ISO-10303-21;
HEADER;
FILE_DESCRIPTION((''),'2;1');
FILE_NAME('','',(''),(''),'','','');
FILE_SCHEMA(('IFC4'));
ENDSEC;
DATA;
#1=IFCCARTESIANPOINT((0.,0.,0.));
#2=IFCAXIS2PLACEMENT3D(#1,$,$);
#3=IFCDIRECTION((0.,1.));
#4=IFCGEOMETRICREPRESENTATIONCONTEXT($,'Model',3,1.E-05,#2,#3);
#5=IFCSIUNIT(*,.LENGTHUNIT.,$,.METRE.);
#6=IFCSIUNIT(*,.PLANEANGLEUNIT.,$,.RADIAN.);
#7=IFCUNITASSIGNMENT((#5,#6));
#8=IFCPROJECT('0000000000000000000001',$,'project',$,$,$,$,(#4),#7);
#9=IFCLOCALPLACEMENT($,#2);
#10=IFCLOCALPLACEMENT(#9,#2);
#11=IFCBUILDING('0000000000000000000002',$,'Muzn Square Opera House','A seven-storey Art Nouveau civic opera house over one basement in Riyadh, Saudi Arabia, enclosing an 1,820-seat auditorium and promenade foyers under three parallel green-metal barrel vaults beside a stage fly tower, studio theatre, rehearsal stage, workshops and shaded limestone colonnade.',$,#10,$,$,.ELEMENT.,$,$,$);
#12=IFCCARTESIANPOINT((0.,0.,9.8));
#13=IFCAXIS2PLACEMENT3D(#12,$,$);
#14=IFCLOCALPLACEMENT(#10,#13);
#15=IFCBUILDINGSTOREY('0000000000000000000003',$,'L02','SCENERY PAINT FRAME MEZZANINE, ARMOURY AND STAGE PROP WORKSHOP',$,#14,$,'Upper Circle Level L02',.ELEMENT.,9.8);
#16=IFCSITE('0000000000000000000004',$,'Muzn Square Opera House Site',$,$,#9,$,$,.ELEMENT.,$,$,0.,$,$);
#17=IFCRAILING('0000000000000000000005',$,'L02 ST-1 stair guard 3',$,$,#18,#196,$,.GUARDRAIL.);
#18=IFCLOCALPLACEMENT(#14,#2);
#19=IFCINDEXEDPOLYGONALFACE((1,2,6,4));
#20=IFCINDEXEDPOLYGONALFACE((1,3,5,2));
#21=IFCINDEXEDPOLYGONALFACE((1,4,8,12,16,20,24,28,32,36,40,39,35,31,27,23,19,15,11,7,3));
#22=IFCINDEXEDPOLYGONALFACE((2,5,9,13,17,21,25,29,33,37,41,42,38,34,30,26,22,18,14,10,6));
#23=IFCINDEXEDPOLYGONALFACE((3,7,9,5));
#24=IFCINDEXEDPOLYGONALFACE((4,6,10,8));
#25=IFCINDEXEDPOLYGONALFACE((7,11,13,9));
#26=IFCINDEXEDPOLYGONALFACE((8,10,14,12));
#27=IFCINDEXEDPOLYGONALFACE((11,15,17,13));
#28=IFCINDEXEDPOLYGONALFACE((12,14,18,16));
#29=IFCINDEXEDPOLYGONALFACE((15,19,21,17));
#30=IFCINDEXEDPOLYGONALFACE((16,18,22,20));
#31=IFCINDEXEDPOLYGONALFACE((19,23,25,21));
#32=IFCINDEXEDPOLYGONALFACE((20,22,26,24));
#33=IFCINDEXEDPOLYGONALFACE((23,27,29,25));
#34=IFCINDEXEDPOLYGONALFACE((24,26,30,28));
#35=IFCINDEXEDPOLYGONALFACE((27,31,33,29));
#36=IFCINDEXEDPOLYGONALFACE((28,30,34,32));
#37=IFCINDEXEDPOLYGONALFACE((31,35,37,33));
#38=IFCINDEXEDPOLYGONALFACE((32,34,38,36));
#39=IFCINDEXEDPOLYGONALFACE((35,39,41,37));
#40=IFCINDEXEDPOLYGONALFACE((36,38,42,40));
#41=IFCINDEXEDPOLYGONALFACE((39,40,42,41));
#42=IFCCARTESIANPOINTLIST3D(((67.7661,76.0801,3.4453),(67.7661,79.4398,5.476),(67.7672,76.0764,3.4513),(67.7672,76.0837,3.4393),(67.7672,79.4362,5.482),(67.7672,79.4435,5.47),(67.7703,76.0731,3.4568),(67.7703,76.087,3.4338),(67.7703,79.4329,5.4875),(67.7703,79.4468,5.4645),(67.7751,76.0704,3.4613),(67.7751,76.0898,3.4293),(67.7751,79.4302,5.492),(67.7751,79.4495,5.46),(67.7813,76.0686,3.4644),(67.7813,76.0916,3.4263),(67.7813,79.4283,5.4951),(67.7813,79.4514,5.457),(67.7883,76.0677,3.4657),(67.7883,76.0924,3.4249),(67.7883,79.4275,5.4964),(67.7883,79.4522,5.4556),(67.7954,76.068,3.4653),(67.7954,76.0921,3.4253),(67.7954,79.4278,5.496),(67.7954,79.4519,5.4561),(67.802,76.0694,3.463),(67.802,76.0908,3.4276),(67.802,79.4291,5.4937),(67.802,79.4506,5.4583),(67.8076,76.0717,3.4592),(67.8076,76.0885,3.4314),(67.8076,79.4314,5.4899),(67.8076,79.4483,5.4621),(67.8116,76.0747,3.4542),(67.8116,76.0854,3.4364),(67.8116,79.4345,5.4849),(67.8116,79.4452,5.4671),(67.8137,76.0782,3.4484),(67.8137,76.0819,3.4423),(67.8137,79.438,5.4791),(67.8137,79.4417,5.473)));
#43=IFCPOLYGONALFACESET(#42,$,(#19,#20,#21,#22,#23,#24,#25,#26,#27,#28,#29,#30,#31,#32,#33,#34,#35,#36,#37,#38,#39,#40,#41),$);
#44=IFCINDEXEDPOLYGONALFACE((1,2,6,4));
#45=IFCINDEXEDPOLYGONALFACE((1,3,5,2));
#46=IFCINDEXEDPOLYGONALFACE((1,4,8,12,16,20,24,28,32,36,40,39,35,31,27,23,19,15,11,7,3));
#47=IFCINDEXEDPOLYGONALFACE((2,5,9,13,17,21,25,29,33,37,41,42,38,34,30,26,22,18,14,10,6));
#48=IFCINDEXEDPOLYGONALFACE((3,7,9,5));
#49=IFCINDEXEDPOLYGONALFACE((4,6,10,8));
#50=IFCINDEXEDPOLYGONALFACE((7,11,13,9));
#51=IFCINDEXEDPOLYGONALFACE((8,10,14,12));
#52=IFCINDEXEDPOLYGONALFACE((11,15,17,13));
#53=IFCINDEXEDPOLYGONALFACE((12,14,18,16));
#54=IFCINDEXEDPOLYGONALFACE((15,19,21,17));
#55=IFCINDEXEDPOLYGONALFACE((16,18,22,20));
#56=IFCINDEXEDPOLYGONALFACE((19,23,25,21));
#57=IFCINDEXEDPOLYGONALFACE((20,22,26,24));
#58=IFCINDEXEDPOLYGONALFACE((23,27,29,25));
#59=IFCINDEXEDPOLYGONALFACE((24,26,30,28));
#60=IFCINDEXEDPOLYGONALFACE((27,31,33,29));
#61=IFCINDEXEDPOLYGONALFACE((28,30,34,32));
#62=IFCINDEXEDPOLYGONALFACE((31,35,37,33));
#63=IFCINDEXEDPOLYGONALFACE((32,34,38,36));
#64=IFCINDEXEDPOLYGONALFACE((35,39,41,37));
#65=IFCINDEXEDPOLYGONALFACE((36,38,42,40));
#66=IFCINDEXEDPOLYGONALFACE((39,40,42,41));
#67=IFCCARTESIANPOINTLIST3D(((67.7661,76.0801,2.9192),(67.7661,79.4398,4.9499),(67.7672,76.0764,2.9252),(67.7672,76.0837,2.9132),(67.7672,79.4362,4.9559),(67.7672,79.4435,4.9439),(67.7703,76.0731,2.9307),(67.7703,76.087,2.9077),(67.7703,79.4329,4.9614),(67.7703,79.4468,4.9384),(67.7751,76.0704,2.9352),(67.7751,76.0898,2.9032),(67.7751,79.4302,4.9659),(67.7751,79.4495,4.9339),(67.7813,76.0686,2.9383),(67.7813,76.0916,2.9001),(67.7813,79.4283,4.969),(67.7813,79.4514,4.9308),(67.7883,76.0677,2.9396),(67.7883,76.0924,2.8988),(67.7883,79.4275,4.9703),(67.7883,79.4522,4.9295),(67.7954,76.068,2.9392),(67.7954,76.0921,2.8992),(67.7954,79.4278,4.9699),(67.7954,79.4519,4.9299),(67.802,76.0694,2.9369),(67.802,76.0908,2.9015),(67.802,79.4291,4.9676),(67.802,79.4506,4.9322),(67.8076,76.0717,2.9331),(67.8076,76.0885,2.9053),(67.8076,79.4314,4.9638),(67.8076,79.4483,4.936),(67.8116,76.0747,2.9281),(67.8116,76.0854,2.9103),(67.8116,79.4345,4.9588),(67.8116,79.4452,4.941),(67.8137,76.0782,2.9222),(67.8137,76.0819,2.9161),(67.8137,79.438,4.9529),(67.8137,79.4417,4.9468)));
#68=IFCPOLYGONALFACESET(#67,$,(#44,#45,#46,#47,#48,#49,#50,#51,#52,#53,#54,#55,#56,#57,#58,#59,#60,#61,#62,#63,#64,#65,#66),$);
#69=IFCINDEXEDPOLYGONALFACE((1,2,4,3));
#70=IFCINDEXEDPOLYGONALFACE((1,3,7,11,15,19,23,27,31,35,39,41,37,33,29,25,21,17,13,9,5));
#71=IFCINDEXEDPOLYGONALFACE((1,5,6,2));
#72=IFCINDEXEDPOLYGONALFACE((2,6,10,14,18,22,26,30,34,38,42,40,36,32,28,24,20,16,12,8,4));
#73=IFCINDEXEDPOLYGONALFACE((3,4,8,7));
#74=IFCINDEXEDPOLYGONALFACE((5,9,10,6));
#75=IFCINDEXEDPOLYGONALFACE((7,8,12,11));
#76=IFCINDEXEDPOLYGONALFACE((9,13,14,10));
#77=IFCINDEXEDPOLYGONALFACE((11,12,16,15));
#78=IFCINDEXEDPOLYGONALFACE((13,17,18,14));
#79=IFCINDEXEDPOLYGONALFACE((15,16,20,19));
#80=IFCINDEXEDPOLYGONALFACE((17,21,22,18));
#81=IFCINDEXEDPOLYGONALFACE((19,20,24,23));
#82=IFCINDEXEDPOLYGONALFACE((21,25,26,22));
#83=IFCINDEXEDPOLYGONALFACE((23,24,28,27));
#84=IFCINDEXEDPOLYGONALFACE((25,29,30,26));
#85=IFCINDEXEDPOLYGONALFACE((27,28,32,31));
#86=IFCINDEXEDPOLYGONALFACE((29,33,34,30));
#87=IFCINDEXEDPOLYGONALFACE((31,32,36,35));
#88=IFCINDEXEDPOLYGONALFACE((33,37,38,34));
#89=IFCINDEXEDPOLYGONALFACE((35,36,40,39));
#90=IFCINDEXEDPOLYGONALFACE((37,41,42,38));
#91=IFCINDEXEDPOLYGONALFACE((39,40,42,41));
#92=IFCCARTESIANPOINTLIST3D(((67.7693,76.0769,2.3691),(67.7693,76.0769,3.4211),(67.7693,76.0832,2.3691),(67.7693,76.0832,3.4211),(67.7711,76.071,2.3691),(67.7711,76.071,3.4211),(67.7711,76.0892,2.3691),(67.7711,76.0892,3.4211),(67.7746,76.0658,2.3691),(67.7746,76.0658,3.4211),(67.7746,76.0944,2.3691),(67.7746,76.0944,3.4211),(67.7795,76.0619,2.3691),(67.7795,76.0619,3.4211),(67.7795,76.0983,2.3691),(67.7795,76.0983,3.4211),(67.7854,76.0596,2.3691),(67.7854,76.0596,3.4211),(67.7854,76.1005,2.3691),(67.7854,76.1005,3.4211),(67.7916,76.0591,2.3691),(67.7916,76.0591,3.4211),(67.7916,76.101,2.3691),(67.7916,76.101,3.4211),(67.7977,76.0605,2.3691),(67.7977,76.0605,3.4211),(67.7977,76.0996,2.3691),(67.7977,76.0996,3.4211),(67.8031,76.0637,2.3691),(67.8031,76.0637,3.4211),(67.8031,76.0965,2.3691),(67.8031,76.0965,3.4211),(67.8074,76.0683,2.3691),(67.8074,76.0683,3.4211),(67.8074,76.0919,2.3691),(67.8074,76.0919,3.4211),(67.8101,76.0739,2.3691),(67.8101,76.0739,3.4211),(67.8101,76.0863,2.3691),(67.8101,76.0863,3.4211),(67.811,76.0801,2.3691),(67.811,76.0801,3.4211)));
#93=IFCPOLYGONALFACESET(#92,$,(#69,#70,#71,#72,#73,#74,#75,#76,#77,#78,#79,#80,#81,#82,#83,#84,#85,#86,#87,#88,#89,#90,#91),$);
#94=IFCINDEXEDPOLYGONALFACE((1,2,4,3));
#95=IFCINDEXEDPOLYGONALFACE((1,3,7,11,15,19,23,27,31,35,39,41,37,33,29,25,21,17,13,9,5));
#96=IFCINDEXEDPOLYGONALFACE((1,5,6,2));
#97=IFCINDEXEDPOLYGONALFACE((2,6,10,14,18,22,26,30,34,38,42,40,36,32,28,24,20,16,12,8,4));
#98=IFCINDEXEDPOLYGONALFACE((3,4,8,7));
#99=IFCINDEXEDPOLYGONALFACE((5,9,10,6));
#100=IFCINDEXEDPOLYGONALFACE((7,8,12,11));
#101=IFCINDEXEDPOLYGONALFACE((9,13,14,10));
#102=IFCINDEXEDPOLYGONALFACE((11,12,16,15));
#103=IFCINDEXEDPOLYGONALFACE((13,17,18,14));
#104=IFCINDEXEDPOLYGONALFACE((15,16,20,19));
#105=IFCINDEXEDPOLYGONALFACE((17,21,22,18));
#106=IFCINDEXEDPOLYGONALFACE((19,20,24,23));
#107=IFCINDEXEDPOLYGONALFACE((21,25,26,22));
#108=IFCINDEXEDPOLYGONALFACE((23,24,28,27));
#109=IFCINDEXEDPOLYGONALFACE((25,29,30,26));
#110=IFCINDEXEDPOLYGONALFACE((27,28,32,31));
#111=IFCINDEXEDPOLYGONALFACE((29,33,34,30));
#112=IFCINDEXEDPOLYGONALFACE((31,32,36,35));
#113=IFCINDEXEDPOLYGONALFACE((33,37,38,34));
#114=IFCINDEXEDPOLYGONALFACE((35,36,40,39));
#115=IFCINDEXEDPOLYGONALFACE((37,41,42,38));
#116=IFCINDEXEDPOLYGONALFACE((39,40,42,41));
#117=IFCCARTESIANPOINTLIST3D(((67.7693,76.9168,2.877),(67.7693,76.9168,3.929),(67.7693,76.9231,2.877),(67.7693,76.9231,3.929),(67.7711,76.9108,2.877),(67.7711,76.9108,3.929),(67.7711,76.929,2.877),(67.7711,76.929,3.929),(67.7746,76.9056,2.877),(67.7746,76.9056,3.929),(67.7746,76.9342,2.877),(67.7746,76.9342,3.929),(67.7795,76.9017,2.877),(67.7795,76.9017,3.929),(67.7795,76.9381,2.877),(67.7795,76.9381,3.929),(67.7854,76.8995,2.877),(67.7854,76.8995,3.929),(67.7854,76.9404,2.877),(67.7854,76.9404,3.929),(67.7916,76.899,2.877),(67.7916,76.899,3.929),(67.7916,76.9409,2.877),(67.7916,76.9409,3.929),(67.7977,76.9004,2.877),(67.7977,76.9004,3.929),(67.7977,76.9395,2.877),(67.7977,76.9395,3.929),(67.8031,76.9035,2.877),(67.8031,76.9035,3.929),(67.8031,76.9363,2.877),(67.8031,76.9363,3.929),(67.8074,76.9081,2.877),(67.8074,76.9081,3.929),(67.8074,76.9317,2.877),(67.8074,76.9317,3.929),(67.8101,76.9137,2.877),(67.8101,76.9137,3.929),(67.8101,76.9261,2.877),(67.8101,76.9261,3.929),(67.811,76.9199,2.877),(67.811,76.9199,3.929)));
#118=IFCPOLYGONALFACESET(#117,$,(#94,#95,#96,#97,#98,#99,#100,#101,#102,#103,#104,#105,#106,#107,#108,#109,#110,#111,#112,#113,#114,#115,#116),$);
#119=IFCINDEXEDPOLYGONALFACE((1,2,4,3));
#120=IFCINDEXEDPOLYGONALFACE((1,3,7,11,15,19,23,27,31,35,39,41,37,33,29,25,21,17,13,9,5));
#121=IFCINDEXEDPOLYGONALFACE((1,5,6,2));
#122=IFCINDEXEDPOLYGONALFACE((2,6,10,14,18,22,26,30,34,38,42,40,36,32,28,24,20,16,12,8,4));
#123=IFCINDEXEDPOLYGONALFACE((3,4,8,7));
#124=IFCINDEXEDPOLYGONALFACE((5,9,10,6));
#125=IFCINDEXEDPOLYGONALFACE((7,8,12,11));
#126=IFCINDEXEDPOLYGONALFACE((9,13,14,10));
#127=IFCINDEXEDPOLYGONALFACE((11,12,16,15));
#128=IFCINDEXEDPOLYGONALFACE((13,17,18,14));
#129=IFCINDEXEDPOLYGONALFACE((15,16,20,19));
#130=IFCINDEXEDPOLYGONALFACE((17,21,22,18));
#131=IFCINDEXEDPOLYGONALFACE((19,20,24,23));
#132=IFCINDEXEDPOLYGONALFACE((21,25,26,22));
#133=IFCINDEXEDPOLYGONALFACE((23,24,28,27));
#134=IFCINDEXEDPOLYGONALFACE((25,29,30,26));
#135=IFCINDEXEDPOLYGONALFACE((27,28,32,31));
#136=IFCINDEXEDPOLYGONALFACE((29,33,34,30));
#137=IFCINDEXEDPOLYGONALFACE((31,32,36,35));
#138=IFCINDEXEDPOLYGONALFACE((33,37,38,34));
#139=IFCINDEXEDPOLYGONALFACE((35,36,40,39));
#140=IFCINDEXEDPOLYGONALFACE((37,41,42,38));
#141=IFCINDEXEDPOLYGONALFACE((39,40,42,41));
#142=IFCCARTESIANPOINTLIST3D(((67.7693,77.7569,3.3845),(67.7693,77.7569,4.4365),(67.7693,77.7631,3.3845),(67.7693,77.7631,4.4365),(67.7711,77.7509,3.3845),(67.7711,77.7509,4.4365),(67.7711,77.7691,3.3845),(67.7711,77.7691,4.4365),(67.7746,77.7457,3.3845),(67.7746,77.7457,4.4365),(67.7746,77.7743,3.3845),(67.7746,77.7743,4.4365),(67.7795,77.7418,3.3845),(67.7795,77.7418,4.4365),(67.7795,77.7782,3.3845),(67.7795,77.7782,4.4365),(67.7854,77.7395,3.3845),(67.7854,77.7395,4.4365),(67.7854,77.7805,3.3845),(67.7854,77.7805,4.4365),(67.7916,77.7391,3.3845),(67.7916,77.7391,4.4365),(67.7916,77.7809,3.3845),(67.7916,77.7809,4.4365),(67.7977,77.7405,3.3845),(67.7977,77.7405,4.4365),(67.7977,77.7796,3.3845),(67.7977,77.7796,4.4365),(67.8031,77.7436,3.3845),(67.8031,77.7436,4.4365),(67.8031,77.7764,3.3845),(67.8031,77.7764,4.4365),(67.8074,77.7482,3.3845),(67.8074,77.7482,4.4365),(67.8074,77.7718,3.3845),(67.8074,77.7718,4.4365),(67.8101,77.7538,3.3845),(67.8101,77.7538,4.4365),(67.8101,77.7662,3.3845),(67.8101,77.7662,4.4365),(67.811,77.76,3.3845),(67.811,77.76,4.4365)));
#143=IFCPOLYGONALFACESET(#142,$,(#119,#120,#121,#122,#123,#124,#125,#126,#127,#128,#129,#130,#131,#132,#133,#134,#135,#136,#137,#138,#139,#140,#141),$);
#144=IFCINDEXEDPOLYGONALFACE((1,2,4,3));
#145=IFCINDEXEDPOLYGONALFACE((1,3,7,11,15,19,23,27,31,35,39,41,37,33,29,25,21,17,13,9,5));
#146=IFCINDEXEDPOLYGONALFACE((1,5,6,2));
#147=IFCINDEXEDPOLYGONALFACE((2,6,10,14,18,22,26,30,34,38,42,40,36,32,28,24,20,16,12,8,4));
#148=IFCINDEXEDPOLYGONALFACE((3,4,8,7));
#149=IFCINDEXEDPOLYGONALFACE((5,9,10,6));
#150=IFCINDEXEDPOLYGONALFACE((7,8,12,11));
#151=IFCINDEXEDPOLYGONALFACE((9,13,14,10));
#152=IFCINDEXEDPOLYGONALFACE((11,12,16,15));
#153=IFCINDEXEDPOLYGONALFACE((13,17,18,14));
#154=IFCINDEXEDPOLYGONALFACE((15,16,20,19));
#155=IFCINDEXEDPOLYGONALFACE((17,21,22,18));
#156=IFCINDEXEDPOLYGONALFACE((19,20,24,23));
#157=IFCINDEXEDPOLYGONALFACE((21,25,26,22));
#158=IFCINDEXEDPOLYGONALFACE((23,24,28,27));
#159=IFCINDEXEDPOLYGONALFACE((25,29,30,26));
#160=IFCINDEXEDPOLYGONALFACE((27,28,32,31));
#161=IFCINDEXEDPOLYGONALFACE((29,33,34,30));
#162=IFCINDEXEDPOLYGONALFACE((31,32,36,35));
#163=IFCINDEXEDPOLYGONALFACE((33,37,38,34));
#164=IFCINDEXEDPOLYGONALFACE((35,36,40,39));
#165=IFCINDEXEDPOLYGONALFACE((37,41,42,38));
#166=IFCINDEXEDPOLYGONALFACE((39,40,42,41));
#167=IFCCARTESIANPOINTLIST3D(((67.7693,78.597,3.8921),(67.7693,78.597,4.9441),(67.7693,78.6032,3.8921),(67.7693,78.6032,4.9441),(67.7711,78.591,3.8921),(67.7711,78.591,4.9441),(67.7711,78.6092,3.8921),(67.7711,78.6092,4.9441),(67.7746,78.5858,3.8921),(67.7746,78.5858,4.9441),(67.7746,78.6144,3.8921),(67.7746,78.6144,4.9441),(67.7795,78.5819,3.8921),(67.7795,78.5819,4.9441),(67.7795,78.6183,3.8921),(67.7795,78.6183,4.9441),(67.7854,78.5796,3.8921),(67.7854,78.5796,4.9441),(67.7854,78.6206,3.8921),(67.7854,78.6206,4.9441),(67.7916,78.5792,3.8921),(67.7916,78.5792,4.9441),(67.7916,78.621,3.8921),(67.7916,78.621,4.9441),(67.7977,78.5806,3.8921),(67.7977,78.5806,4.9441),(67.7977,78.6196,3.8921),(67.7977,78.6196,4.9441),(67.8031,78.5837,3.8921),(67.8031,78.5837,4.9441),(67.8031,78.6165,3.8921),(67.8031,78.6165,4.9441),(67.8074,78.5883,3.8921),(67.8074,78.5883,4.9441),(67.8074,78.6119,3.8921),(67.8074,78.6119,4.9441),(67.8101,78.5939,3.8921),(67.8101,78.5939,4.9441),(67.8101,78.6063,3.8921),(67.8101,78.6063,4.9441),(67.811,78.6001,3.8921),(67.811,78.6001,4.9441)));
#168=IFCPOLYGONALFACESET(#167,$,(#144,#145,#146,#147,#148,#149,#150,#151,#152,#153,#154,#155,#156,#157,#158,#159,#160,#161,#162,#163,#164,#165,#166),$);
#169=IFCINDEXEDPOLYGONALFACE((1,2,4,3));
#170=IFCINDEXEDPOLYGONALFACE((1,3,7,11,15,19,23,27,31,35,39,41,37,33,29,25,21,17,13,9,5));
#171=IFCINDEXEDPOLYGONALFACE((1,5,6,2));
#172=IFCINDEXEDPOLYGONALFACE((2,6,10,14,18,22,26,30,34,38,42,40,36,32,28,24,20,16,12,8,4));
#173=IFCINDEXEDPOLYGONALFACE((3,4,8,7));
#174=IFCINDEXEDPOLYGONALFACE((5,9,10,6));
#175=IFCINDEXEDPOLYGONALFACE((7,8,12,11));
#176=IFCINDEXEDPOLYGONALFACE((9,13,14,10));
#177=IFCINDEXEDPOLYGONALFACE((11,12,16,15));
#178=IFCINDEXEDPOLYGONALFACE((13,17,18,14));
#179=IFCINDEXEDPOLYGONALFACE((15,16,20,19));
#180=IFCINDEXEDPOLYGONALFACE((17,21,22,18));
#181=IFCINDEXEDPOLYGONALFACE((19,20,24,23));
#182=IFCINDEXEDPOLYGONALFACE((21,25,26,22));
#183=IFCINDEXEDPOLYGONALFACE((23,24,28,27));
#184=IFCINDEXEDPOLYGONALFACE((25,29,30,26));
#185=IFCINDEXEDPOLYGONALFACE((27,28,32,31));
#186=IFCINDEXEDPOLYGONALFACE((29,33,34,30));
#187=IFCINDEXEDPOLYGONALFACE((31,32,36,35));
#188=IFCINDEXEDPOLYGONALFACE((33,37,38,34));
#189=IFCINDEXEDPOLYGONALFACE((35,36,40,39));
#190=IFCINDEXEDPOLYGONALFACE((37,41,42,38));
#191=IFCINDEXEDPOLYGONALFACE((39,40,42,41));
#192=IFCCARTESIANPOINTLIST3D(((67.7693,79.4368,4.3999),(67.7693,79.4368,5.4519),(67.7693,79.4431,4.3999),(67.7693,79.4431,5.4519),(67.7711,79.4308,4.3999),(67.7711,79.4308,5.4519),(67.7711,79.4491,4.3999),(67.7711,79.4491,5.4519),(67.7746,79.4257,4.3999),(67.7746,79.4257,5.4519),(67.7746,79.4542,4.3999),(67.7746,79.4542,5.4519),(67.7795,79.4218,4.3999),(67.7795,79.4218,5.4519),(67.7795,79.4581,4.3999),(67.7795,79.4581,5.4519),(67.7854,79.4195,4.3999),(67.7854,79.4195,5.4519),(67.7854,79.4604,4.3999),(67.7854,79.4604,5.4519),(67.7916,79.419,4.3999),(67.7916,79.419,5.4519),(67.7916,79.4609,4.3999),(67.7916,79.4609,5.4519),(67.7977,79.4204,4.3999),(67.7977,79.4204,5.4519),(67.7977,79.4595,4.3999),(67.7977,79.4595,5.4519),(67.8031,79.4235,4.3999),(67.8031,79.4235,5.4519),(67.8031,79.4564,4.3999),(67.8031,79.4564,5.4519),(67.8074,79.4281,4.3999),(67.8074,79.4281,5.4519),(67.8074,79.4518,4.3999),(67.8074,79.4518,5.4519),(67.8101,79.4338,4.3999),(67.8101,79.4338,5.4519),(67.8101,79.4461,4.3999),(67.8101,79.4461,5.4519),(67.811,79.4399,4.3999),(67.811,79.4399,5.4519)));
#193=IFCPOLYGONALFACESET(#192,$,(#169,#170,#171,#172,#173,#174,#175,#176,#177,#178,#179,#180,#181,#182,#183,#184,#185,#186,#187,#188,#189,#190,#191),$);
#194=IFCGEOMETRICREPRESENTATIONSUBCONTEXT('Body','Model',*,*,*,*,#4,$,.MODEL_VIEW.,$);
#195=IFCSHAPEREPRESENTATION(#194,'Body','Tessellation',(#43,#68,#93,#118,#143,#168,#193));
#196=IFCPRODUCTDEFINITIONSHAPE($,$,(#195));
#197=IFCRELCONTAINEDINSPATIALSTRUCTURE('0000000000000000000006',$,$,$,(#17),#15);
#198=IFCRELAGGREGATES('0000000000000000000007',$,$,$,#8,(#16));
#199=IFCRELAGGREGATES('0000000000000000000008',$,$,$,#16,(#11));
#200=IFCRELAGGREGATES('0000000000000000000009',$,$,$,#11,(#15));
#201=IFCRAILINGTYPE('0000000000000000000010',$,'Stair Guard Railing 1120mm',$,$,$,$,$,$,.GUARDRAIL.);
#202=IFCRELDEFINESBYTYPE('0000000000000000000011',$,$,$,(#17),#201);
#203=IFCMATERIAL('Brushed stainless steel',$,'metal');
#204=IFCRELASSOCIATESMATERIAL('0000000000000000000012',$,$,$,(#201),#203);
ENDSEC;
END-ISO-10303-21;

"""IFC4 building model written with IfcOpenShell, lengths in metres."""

from ifc_helpers import new_model, si_unit, direction, frame, origin, origin_2d, place, context, subcontext, project, spatial, circle, extrude, material, type_object, element, save


model = new_model("IFC4")

# Units and contexts
model_context = context("Model", 3, precision=1e-05, world=origin(), true_north=direction((0.0, 1.0)))
body_context = subcontext(model_context, "Body", "Model", "MODEL_VIEW")
ifc_project = project(units=[si_unit("LENGTHUNIT", "METRE"), si_unit("PLANEANGLEUNIT", "RADIAN")], contexts=[model_context])

# Site, building, storey
site_placement = place(None, origin())
site = spatial("IfcSite", under=ifc_project, at=site_placement, Name="Muzn Square Opera House Site", CompositionType="ELEMENT", RefElevation=0.0)
building_placement = place(site_placement, origin())
building = spatial("IfcBuilding", under=site, at=building_placement, Name="Muzn Square Opera House", Description="A seven-storey Art Nouveau civic opera house over one basement in Riyadh, Saudi Arabia, enclosing an 1,820-seat auditorium and promenade foyers under three parallel green-metal barrel vaults beside a stage fly tower, studio theatre, rehearsal stage, workshops and shaded limestone colonnade.", CompositionType="ELEMENT")
storey_placement = place(building_placement, frame((0.0, 0.0, 9.8)))
storey = spatial("IfcBuildingStorey", under=building, at=storey_placement, Name="L02", Description="SCENERY PAINT FRAME MEZZANINE, ARMOURY AND STAGE PROP WORKSHOP", LongName="Upper Circle Level L02", CompositionType="ELEMENT", Elevation=9.8)

# Railing
ifc_material_1 = material(Name="Brushed stainless steel", Category="metal")
railing_type_1 = type_object("IfcRailingType", Name="Stair Guard Railing 1120mm", PredefinedType="GUARDRAIL", material=ifc_material_1)
railing_1_placement = place(storey_placement, frame((67.79, 76.0801, 2.3691)))
element("IfcRailing", 1, at=railing_1_placement, inside=storey, type_object=railing_type_1, Name="L02 ST-1 stair guard 3", PredefinedType="GUARDRAIL", context=body_context, shape_type="SweptSolid", body=[
    extrude(circle(Radius=0.0239, at=origin_2d()), frame((0.0, 0.0, 1.0762), z_axis=(0.0, 0.85582, 0.517273), x_axis=(-1.0, 0.0, 0.0)), (0.0, 0.0, 1.0), 3.9258),
    extrude(circle(Radius=0.0239, at=origin_2d()), frame((0.0, 0.0, 0.55), z_axis=(0.0, 0.85582, 0.517273), x_axis=(-1.0, 0.0, 0.0)), (0.0, 0.0, 1.0), 3.9258),
    extrude(circle(Radius=0.021, at=origin_2d()), origin(), (0.0, 0.0, 1.0), 1.052),
    extrude(circle(Radius=0.021, at=origin_2d()), frame((0.0, 0.8398, 0.5078)), (0.0, 0.0, 1.0), 1.052),
    extrude(circle(Radius=0.021, at=origin_2d()), frame((0.0, 1.6799, 1.0154)), (0.0, 0.0, 1.0), 1.052),
    extrude(circle(Radius=0.021, at=origin_2d()), frame((0.0, 2.52, 1.5229)), (0.0, 0.0, 1.0), 1.052),
    extrude(circle(Radius=0.021, at=origin_2d()), frame((0.0, 3.3599, 2.0308)), (0.0, 0.0, 1.0), 1.052),
])

save(model, "model.ifc")
